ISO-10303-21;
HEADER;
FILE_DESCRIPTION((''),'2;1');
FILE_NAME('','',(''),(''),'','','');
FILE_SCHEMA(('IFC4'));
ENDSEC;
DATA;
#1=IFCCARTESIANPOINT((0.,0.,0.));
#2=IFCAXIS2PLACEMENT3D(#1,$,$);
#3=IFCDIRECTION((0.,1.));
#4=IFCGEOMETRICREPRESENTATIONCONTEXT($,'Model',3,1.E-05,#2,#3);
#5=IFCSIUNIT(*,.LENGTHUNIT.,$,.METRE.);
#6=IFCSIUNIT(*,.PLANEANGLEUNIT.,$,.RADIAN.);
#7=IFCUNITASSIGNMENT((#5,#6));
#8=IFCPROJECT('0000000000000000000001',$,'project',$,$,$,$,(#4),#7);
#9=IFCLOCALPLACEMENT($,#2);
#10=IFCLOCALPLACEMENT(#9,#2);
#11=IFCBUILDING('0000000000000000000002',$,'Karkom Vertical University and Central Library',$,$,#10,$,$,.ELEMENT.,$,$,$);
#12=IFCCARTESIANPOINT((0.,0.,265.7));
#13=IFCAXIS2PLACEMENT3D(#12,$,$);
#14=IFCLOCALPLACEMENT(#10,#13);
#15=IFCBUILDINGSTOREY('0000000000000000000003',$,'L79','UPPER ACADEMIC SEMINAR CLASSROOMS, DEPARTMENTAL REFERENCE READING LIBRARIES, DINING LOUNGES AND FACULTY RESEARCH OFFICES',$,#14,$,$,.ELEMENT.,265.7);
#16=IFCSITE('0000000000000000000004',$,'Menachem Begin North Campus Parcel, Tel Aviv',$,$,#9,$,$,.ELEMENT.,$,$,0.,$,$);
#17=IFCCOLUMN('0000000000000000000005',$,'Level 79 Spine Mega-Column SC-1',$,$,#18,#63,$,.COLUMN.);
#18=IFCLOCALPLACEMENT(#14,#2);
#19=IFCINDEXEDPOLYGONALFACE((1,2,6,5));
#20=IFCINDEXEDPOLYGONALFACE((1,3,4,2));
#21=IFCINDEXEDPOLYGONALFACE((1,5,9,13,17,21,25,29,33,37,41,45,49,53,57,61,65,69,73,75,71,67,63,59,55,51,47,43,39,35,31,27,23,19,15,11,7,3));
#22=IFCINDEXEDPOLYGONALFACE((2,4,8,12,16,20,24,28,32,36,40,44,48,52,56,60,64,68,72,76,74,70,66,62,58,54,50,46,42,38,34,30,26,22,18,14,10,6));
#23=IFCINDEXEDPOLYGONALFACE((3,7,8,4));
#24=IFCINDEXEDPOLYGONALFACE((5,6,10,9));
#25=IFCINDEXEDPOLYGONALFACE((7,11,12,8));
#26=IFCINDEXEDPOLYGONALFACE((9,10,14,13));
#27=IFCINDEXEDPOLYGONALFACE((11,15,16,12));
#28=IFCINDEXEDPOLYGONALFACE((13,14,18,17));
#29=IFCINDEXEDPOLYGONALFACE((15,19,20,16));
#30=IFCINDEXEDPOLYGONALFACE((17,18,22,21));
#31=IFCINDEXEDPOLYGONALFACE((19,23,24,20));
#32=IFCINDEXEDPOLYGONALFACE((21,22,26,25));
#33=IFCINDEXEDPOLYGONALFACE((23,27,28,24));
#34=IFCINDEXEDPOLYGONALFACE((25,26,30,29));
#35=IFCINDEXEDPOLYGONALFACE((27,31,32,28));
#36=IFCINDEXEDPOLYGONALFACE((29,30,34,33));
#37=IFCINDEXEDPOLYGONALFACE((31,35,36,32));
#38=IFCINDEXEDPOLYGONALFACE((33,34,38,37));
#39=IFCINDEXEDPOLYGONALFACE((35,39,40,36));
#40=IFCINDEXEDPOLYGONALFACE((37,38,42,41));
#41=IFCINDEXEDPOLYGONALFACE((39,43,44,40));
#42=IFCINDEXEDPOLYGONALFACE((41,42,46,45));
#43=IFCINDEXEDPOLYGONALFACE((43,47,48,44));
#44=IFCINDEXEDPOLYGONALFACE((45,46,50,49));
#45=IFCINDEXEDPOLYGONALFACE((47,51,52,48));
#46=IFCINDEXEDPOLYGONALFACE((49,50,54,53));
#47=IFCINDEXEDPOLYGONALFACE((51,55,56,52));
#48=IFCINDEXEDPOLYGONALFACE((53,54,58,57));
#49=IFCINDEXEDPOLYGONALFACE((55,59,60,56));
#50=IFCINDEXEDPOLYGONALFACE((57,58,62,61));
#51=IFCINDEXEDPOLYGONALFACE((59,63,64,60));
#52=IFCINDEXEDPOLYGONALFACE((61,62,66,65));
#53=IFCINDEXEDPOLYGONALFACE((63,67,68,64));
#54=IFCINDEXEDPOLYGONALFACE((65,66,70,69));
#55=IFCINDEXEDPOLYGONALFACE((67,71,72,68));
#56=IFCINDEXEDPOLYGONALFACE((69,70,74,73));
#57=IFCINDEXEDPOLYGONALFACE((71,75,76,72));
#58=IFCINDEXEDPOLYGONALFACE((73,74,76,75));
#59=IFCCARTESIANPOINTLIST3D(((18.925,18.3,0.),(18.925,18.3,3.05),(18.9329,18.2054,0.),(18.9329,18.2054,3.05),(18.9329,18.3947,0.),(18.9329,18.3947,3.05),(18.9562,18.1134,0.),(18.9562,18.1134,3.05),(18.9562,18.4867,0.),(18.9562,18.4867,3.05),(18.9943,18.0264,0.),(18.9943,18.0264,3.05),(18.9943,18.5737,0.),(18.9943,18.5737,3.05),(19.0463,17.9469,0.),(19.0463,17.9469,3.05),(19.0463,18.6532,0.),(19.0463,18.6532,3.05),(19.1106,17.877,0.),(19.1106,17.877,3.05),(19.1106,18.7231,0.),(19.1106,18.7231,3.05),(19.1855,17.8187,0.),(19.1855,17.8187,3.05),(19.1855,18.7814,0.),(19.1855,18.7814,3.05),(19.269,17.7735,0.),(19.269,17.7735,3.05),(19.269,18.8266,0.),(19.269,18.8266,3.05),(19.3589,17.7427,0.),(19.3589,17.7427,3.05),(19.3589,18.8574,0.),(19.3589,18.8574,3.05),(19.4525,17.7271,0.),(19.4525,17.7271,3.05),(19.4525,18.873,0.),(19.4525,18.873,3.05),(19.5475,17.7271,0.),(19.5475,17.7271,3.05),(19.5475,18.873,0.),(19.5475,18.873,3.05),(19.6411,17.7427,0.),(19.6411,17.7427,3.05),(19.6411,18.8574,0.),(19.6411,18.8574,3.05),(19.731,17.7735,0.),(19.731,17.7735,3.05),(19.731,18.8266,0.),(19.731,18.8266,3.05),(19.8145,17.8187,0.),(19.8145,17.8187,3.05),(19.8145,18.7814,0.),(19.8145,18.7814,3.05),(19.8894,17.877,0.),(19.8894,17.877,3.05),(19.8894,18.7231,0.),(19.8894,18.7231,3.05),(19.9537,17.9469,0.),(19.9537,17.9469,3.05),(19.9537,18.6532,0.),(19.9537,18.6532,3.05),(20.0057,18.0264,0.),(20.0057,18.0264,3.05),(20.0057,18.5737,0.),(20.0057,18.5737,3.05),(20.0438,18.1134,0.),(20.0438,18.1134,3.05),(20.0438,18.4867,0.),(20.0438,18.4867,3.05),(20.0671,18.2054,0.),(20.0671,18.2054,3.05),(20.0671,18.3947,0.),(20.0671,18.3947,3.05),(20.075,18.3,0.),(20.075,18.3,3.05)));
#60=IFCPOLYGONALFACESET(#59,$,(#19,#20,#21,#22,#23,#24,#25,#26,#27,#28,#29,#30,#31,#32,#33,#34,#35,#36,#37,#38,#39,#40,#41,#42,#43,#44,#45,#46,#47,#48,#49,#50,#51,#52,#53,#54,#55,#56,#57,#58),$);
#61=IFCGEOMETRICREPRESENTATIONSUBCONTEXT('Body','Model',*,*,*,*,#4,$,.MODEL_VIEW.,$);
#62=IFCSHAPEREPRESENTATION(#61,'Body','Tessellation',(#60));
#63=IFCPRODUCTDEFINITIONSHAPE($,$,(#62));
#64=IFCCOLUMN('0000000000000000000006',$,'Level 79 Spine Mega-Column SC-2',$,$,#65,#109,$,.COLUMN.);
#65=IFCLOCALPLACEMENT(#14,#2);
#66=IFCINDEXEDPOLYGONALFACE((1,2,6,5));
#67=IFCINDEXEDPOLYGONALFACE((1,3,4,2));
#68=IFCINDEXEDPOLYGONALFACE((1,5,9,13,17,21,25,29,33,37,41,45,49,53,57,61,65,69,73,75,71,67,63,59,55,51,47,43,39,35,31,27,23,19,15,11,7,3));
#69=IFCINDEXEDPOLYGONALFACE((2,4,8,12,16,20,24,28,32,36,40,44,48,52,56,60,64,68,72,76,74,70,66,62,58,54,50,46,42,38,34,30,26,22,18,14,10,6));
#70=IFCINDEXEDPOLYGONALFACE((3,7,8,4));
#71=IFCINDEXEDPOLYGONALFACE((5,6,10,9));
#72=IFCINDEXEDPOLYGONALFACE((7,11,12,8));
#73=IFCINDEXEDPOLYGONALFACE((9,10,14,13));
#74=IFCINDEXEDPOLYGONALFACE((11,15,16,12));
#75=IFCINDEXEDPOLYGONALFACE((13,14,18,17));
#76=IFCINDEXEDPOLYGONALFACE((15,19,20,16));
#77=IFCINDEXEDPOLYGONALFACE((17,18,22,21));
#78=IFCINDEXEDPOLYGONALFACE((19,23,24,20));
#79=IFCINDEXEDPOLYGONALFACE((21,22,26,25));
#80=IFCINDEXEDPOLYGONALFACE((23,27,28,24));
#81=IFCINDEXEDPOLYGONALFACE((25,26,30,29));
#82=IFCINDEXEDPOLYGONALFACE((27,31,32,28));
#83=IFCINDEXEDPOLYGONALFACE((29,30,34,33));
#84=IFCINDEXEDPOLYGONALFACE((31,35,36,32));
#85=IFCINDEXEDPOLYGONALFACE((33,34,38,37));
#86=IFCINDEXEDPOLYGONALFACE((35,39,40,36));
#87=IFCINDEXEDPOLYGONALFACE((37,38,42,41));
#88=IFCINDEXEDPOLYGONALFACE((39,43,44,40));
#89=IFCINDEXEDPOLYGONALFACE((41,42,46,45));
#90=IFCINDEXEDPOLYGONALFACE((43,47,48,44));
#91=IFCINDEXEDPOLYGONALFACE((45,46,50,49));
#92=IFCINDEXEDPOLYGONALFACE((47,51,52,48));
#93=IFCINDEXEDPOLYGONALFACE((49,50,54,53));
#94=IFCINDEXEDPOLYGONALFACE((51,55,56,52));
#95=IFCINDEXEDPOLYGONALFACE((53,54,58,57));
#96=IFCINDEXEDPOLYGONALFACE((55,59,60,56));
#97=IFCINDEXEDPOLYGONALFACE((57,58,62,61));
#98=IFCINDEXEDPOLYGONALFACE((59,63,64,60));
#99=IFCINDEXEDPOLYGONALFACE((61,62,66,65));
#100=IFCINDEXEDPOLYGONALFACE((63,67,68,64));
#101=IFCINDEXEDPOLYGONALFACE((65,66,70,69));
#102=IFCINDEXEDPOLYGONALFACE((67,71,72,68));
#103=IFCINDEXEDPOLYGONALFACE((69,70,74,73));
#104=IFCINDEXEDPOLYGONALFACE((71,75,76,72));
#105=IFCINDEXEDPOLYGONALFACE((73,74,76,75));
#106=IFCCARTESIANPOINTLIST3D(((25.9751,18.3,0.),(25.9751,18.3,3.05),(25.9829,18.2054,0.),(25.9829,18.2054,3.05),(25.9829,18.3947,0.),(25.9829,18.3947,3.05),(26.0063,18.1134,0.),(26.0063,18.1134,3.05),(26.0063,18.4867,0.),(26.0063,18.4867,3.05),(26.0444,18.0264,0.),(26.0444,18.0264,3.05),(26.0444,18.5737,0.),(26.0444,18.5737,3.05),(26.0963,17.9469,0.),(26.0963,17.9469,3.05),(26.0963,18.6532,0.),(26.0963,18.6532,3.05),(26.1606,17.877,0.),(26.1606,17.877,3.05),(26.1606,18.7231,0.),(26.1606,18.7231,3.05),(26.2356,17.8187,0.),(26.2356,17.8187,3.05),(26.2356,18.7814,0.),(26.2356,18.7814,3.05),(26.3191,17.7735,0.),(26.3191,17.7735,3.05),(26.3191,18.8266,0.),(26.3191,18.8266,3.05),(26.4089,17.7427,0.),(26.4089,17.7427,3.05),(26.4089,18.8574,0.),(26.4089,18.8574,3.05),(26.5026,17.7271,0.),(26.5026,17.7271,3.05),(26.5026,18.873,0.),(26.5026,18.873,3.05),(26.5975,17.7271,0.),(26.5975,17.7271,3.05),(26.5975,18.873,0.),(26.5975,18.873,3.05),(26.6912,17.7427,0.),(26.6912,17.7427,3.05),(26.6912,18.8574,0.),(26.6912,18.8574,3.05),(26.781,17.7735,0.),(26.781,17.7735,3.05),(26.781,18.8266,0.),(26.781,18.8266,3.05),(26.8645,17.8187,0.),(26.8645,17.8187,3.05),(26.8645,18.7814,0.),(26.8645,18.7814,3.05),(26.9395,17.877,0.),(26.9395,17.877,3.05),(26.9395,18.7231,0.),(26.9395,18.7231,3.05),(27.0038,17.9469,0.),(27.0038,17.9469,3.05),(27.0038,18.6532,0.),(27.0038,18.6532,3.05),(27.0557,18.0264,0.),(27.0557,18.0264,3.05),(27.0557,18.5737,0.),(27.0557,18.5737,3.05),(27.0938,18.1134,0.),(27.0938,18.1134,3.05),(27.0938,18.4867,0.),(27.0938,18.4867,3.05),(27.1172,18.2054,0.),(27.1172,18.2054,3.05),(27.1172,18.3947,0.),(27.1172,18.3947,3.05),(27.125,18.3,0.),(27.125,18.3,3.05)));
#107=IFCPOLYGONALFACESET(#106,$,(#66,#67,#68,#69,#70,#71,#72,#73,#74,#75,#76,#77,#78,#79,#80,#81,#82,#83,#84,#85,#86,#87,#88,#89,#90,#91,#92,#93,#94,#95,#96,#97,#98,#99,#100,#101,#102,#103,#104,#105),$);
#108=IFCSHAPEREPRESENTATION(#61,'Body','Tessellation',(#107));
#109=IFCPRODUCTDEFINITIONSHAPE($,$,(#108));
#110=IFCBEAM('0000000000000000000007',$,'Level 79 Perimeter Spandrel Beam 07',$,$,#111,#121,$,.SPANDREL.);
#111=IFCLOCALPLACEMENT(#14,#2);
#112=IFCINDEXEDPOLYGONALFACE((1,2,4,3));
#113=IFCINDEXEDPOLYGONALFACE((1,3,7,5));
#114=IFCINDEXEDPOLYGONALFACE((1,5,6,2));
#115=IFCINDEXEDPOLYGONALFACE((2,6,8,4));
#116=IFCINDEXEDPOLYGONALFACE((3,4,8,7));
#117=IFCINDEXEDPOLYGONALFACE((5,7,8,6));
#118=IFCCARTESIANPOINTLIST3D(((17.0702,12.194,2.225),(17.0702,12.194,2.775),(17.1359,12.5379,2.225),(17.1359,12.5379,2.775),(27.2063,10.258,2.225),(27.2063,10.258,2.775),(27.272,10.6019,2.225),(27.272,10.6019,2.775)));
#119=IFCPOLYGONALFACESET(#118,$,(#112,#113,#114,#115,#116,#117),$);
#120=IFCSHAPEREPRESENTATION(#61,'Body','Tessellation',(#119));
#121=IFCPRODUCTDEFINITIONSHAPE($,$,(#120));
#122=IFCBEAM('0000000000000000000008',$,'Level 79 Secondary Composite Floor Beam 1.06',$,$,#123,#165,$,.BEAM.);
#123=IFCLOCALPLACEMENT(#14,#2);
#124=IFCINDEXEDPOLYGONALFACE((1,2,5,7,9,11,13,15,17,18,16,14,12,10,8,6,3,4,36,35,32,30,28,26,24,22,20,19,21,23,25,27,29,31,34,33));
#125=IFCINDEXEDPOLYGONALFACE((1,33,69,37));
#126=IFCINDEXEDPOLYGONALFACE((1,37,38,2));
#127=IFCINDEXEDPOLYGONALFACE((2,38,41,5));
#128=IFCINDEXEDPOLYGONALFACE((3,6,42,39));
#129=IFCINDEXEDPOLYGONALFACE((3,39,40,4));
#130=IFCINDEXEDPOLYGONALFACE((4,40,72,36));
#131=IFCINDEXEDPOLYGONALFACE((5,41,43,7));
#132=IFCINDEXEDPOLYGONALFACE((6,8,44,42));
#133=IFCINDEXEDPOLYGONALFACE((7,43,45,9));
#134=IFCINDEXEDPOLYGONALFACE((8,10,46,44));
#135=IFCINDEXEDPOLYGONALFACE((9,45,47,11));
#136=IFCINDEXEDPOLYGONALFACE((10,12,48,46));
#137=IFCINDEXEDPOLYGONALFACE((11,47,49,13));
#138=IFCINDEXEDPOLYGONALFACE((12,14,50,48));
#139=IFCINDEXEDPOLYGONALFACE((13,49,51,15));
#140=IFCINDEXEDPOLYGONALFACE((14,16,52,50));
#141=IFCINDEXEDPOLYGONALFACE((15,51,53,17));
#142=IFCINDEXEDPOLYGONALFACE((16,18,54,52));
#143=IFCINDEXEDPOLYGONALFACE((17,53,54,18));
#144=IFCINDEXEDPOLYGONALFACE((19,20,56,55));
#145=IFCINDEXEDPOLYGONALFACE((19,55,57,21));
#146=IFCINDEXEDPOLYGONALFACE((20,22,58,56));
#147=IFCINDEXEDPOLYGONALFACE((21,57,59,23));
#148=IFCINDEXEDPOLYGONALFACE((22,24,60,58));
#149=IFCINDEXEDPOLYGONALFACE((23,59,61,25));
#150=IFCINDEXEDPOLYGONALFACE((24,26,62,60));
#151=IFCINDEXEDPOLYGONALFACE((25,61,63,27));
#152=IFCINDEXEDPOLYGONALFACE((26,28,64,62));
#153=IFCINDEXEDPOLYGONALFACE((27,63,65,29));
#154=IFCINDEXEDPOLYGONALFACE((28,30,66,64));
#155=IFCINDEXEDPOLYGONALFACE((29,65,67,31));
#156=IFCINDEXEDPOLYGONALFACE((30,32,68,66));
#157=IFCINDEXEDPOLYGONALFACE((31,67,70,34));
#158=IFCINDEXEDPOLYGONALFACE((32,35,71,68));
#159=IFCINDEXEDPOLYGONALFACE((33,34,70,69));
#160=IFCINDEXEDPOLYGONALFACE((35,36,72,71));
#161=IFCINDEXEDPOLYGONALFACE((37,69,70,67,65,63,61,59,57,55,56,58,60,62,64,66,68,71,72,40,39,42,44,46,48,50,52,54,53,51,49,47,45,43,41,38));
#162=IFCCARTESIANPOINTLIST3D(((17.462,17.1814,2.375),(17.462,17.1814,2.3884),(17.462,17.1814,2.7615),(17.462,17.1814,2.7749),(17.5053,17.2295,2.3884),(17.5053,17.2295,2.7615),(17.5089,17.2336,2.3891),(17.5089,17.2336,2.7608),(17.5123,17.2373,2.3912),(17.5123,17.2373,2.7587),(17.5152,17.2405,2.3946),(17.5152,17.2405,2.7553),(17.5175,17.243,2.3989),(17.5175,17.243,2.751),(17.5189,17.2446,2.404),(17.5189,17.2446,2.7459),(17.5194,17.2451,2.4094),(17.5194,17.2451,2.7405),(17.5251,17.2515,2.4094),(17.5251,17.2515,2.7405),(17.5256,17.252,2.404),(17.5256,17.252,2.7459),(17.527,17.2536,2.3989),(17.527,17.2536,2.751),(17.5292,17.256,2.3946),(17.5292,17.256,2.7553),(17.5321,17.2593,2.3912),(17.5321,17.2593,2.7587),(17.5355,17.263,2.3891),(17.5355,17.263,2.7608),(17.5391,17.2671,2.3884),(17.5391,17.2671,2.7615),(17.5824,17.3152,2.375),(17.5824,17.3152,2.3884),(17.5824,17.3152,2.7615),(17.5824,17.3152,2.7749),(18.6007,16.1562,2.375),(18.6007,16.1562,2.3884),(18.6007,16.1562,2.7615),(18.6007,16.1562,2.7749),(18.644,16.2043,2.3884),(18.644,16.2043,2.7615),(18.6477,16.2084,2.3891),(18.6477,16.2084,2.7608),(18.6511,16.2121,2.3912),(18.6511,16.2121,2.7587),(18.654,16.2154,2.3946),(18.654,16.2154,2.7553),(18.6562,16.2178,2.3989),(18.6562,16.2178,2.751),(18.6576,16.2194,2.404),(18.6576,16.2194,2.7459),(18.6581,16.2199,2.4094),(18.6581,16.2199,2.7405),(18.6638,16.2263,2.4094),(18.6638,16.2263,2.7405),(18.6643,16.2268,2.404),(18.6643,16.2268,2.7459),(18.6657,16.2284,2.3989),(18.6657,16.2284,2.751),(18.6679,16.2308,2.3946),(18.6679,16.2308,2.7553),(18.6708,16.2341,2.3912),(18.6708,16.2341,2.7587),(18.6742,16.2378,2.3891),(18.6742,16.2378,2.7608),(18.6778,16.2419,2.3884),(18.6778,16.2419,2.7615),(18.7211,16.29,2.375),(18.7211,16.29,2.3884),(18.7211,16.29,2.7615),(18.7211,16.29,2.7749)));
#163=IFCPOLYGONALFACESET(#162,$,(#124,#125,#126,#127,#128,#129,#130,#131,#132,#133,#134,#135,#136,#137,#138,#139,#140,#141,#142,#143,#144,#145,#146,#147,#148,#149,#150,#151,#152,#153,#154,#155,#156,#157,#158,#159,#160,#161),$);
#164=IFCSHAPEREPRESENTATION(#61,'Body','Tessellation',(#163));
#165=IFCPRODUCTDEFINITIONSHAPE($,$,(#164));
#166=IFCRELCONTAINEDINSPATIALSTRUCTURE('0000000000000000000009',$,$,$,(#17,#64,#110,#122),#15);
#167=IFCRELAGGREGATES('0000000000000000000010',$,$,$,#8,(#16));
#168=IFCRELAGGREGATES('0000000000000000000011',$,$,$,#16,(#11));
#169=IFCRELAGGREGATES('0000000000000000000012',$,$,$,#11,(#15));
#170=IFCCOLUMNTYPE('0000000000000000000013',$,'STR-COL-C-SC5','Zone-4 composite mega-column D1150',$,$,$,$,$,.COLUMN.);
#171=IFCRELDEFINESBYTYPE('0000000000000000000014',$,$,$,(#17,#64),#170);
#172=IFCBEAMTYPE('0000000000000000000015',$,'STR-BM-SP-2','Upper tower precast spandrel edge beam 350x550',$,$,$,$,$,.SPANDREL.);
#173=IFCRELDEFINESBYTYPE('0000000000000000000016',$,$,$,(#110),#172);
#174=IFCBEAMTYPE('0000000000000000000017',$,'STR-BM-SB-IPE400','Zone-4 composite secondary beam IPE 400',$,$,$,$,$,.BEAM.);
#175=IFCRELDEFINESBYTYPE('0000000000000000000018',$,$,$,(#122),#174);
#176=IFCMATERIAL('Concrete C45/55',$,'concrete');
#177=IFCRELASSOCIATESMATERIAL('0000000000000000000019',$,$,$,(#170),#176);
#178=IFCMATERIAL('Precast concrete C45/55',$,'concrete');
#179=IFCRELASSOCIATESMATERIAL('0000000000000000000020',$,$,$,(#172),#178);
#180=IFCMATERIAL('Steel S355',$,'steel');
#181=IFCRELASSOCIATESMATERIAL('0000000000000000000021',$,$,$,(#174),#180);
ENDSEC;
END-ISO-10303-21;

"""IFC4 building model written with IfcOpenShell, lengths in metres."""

from ifc_helpers import new_model, si_unit, direction, frame, origin, origin_with_axes, origin_2d, place, context, subcontext, project, spatial, rectangle, circle, i_section, extrude, source, transform, mapped, material, material_profile, profile_set, type_object, element, save


model = new_model("IFC4")

# Units and contexts
model_context = context("Model", 3, precision=1e-05, world=origin(), true_north=direction((0.0, 1.0)))
body_context = subcontext(model_context, "Body", "Model", "MODEL_VIEW")
ifc_project = project(units=[si_unit("LENGTHUNIT", "METRE"), si_unit("PLANEANGLEUNIT", "RADIAN")], contexts=[model_context])

# Site, building, storey
site_placement = place(None, origin())
site = spatial("IfcSite", under=ifc_project, at=site_placement, Name="Menachem Begin North Campus Parcel, Tel Aviv", CompositionType="ELEMENT", RefElevation=0.0)
building_placement = place(site_placement, origin())
building = spatial("IfcBuilding", under=site, at=building_placement, Name="Karkom Vertical University and Central Library", CompositionType="ELEMENT")
storey_placement = place(building_placement, frame((0.0, 0.0, 265.7)))
storey = spatial("IfcBuildingStorey", under=building, at=storey_placement, Name="L79", Description="UPPER ACADEMIC SEMINAR CLASSROOMS, DEPARTMENTAL REFERENCE READING LIBRARIES, DINING LOUNGES AND FACULTY RESEARCH OFFICES", CompositionType="ELEMENT", Elevation=265.7)

# Columns
ifc_material_1 = material(Name="Concrete C45/55", Category="concrete")
ifc_material_profile_1 = material_profile(ifc_material_1, circle(Radius=0.575, at=origin_2d()), Name="CFT-D1150")
ifc_profile_set_1 = profile_set([ifc_material_profile_1], Name="Concrete C45/55")
column_type = type_object("IfcColumnType", Name="STR-COL-C-SC5", Description="Zone-4 composite mega-column D1150", PredefinedType="COLUMN", material=ifc_profile_set_1)
shared_shape_1 = source(origin_with_axes(), body_context, "Body", "SweptSolid", [
    extrude(circle(Radius=0.575, at=origin_2d()), origin(), (0.0, 0.0, 1.0), 3.05),
])
for number, where, z_axis, x_axis, name in (
    (1, (19.5, 18.3, 0.0), (0.0, 0.0, 1.0), (1.0, 0.0, 0.0), "Level 79 Spine Mega-Column SC-1"),
    (2, (26.55, 18.3, 0.0), (0.0, 0.0, 1.0), (1.0, 0.0, 0.0), "Level 79 Spine Mega-Column SC-2"),
):
    element("IfcColumn", number, at=place(storey_placement, frame(where, z_axis=z_axis, x_axis=x_axis)), inside=storey, type_object=column_type, Name=name, PredefinedType="COLUMN", context=body_context, shape_type="MappedRepresentation", body=[
        mapped(shared_shape_1, transform((0.0, 0.0, 0.0), scale=1.0)),
    ])

# Beams
ifc_material_2 = material(Name="Precast concrete C45/55", Category="concrete")
ifc_material_profile_2 = material_profile(ifc_material_2, rectangle(XDim=0.3501, YDim=0.55, at=origin_2d()), Name="SPB-350x550")
ifc_profile_set_2 = profile_set([ifc_material_profile_2], Name="Precast concrete C45/55")
beam_type_1 = type_object("IfcBeamType", Name="STR-BM-SP-2", Description="Upper tower precast spandrel edge beam 350x550", PredefinedType="SPANDREL", material=ifc_profile_set_2)
shared_shape_2 = source(origin_with_axes(), body_context, "Body", "SweptSolid", [
    extrude(rectangle(XDim=0.3501, YDim=0.55, at=origin_2d()), origin(), (0.0, 0.0, 1.0), 10.3193),
])
beam_1_placement = place(storey_placement, frame((17.103, 12.366, 2.5), z_axis=(0.982243, -0.187614, 0.0), x_axis=(0.187614, 0.982243, 0.0)))
element("IfcBeam", 3, at=beam_1_placement, inside=storey, type_object=beam_type_1, Name="Level 79 Perimeter Spandrel Beam 07", PredefinedType="SPANDREL", context=body_context, shape_type="MappedRepresentation", body=[
    mapped(shared_shape_2, transform((0.0, 0.0, 0.0), scale=1.0)),
])
ifc_material_3 = material(Name="Steel S355", Category="steel")
ifc_material_profile_3 = material_profile(ifc_material_3, i_section(OverallWidth=0.1799, OverallDepth=0.3999, WebThickness=0.0085, FlangeThickness=0.0134, FilletRadius=0.021, at=origin_2d()), Name="IPE 400")
ifc_profile_set_3 = profile_set([ifc_material_profile_3], Name="Steel S355")
beam_type_2 = type_object("IfcBeamType", Name="STR-BM-SB-IPE400", Description="Zone-4 composite secondary beam IPE 400", PredefinedType="BEAM", material=ifc_profile_set_3)
shared_shape_3 = source(origin_with_axes(), body_context, "Body", "SweptSolid", [
    extrude(i_section(OverallWidth=0.1799, OverallDepth=0.3999, WebThickness=0.0085, FlangeThickness=0.0134, FilletRadius=0.021, at=origin_2d()), origin(), (0.0, 0.0, 1.0), 1.5322),
])
beam_2_placement = place(storey_placement, frame((17.5222, 17.2483, 2.575), z_axis=(0.743183, -0.669088, 0.0), x_axis=(0.669088, 0.743183, 0.0)))
element("IfcBeam", 4, at=beam_2_placement, inside=storey, type_object=beam_type_2, Name="Level 79 Secondary Composite Floor Beam 1.06", PredefinedType="BEAM", context=body_context, shape_type="MappedRepresentation", body=[
    mapped(shared_shape_3, transform((0.0, 0.0, 0.0), scale=1.0)),
])

save(model, "model.ifc")
